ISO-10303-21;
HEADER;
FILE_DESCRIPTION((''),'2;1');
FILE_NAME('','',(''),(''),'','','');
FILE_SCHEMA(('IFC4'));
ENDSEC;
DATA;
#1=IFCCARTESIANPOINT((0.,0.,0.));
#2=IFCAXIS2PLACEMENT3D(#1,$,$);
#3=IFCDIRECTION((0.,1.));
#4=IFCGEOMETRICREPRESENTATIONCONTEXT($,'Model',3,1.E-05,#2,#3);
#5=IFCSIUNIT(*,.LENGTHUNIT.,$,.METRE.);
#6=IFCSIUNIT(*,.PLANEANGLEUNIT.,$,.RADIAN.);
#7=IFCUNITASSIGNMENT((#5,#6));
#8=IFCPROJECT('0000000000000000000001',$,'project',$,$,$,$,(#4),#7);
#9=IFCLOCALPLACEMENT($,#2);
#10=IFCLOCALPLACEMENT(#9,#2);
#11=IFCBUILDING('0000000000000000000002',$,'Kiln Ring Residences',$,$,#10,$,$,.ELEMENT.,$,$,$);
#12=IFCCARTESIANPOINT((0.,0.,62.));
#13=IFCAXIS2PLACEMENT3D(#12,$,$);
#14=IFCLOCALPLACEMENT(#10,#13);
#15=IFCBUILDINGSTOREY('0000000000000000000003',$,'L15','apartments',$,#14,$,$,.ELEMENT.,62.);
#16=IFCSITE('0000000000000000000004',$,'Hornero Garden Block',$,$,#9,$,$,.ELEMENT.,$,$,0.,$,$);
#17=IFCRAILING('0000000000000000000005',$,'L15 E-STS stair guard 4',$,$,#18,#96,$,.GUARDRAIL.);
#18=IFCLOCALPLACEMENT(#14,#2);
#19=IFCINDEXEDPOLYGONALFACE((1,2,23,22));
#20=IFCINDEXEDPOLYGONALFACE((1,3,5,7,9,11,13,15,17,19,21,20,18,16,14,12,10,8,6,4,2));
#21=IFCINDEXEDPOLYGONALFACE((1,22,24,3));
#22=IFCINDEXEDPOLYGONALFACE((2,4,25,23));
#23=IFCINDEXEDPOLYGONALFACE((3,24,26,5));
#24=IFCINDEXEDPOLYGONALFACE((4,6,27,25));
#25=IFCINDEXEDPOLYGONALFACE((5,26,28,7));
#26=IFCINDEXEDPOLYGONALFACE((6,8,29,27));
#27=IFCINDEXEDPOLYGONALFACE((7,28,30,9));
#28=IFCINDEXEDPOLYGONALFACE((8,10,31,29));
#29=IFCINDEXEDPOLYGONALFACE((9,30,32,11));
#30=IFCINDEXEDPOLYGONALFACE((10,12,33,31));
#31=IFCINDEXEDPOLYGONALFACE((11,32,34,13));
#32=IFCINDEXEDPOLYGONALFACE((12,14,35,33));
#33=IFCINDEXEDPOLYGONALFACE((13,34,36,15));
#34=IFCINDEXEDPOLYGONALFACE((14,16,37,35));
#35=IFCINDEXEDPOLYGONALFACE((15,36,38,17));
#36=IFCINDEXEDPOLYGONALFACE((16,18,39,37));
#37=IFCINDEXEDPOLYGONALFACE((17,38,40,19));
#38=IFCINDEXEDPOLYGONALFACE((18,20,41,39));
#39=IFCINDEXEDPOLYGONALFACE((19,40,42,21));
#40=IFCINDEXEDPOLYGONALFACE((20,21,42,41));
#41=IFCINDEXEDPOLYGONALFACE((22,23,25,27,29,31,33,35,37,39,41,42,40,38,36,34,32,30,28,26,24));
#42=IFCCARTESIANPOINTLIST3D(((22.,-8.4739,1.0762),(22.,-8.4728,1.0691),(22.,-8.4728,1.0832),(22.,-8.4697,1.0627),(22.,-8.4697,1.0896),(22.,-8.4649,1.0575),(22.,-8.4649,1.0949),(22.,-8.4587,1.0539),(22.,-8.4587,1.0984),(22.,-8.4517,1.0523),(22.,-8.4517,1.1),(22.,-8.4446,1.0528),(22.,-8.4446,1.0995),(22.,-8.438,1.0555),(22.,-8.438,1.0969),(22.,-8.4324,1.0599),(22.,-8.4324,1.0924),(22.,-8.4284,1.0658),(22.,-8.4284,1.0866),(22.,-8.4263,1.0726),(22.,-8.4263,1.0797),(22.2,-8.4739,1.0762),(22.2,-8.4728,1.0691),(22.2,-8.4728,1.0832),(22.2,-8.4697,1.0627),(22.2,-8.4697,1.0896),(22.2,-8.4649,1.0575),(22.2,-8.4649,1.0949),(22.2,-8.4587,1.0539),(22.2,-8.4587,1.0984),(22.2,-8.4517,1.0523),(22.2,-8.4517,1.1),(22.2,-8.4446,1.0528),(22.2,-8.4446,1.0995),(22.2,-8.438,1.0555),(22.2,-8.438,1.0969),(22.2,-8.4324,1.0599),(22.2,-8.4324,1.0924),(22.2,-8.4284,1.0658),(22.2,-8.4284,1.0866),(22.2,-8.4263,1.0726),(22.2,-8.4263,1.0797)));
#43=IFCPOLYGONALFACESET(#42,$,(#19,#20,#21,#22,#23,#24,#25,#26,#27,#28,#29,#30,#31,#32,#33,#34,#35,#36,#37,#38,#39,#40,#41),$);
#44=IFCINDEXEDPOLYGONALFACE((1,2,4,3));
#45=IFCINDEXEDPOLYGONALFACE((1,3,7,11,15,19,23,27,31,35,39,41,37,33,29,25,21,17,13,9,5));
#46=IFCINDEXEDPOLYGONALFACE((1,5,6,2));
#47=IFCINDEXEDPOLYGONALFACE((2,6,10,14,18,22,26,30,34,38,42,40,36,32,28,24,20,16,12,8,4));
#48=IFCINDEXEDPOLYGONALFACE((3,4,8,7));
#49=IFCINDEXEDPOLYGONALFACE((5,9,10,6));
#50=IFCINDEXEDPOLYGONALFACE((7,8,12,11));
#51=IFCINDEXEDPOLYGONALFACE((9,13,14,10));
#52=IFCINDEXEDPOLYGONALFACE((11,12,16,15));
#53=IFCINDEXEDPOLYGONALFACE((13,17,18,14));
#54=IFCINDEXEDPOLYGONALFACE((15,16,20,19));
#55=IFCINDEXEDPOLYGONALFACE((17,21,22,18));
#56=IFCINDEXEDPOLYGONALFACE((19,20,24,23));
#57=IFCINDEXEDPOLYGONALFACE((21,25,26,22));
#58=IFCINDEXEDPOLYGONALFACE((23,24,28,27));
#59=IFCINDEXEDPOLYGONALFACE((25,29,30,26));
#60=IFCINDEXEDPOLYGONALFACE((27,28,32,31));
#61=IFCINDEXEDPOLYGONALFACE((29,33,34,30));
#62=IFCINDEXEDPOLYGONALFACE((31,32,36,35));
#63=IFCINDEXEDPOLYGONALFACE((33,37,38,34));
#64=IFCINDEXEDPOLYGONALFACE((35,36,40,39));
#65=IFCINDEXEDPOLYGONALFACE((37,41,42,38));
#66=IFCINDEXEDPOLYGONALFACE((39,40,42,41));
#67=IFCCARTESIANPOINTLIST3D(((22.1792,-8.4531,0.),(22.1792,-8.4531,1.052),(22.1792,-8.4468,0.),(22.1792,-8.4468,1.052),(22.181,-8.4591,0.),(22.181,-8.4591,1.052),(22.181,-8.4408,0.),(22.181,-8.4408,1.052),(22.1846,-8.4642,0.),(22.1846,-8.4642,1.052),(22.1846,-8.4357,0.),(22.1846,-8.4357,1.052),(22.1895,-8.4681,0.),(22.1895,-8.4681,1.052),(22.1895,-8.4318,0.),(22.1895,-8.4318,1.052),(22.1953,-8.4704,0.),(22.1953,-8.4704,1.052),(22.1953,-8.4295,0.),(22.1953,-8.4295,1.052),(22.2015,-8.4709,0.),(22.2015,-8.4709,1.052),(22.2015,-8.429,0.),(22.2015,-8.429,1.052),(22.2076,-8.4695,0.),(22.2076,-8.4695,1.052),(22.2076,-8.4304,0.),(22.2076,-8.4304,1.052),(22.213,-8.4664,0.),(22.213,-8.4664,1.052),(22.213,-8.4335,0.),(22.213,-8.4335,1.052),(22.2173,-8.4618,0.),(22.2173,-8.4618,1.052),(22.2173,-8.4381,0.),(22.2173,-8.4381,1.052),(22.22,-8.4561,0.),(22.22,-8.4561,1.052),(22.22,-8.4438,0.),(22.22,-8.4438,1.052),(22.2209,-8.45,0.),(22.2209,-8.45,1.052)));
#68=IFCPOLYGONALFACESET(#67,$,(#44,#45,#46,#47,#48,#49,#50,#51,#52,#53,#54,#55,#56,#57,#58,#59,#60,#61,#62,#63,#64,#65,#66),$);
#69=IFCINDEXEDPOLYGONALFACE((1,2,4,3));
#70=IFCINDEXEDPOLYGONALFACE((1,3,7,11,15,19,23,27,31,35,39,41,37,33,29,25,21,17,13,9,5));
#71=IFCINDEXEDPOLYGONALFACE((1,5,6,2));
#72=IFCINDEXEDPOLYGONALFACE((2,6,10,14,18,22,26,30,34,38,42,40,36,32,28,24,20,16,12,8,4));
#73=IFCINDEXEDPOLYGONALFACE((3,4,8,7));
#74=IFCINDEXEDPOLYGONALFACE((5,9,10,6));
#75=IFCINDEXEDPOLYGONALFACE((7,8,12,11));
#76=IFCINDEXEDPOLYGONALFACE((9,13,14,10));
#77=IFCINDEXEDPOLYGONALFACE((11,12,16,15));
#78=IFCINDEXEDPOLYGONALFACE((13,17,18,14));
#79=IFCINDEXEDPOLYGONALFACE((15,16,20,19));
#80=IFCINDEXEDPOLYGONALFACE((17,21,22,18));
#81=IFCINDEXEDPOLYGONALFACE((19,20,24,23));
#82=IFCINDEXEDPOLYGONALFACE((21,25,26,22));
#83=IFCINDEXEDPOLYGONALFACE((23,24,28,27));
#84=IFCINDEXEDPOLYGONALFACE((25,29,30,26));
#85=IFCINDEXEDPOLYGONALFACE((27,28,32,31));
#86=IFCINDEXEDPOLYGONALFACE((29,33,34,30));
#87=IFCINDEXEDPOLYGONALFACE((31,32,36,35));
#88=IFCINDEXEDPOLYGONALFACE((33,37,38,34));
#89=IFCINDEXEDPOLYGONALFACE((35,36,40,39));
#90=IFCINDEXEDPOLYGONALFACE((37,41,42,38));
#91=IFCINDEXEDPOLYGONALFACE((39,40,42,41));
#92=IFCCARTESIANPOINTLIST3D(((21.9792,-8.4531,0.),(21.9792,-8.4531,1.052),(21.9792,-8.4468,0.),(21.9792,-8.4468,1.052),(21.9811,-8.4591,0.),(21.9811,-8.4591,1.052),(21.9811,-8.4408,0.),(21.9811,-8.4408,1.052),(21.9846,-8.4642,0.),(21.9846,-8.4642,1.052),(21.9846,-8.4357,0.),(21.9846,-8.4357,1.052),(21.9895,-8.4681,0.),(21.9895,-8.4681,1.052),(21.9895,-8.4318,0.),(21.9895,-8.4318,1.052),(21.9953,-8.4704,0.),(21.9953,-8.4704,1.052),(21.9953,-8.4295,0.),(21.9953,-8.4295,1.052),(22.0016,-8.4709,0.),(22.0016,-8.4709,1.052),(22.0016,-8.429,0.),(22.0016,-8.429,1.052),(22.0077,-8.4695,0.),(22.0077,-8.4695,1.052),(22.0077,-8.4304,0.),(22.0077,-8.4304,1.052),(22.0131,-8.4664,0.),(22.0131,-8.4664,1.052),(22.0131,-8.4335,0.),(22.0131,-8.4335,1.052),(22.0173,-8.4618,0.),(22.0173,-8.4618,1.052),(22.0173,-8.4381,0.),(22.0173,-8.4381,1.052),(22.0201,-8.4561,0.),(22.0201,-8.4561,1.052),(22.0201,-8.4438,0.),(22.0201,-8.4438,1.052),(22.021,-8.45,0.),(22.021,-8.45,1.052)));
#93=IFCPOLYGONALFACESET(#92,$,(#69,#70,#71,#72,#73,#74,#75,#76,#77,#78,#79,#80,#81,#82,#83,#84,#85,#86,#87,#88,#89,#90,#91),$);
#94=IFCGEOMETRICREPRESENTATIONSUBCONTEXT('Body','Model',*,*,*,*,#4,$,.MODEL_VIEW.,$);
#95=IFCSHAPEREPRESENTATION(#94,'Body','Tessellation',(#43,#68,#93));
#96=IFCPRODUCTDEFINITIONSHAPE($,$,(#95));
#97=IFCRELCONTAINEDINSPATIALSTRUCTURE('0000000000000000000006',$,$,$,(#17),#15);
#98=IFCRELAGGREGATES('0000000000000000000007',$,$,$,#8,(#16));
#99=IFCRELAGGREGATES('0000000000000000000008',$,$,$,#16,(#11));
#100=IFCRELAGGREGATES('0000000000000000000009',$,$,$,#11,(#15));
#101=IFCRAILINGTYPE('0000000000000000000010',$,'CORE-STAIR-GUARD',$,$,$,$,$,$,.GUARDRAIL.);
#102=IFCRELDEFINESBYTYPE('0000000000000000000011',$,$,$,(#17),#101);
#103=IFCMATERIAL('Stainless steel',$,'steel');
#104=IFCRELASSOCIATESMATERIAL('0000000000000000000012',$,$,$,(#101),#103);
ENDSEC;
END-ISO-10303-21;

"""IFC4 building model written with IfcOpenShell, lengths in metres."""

from ifc_helpers import new_model, si_unit, direction, frame, origin, origin_2d, place, context, subcontext, project, spatial, circle, extrude, material, type_object, element, save


model = new_model("IFC4")

# Units and contexts
model_context = context("Model", 3, precision=1e-05, world=origin(), true_north=direction((0.0, 1.0)))
body_context = subcontext(model_context, "Body", "Model", "MODEL_VIEW")
ifc_project = project(units=[si_unit("LENGTHUNIT", "METRE"), si_unit("PLANEANGLEUNIT", "RADIAN")], contexts=[model_context])

# Site, building, storey
site_placement = place(None, origin())
site = spatial("IfcSite", under=ifc_project, at=site_placement, Name="Hornero Garden Block", CompositionType="ELEMENT", RefElevation=0.0)
building_placement = place(site_placement, origin())
building = spatial("IfcBuilding", under=site, at=building_placement, Name="Kiln Ring Residences", CompositionType="ELEMENT")
storey_placement = place(building_placement, frame((0.0, 0.0, 62.0)))
storey = spatial("IfcBuildingStorey", under=building, at=storey_placement, Name="L15", Description="apartments", CompositionType="ELEMENT", Elevation=62.0)

# Railing
ifc_material_1 = material(Name="Stainless steel", Category="steel")
railing_type_1 = type_object("IfcRailingType", Name="CORE-STAIR-GUARD", PredefinedType="GUARDRAIL", material=ifc_material_1)
railing_1_placement = place(storey_placement, frame((22.2, -8.45, 0.0)))
element("IfcRailing", 1, at=railing_1_placement, inside=storey, type_object=railing_type_1, Name="L15 E-STS stair guard 4", PredefinedType="GUARDRAIL", context=body_context, shape_type="SweptSolid", body=[
    extrude(circle(Radius=0.0239, at=origin_2d()), frame((0.0, 0.0, 1.0762), z_axis=(-1.0, 0.0, 0.0), x_axis=(0.0, -1.0, 0.0)), (0.0, 0.0, 1.0), 0.2),
    extrude(circle(Radius=0.021, at=origin_2d()), origin(), (0.0, 0.0, 1.0), 1.052),
    extrude(circle(Radius=0.021, at=origin_2d()), frame((-0.2, 0.0, 0.0)), (0.0, 0.0, 1.0), 1.052),
])

save(model, "model.ifc")
